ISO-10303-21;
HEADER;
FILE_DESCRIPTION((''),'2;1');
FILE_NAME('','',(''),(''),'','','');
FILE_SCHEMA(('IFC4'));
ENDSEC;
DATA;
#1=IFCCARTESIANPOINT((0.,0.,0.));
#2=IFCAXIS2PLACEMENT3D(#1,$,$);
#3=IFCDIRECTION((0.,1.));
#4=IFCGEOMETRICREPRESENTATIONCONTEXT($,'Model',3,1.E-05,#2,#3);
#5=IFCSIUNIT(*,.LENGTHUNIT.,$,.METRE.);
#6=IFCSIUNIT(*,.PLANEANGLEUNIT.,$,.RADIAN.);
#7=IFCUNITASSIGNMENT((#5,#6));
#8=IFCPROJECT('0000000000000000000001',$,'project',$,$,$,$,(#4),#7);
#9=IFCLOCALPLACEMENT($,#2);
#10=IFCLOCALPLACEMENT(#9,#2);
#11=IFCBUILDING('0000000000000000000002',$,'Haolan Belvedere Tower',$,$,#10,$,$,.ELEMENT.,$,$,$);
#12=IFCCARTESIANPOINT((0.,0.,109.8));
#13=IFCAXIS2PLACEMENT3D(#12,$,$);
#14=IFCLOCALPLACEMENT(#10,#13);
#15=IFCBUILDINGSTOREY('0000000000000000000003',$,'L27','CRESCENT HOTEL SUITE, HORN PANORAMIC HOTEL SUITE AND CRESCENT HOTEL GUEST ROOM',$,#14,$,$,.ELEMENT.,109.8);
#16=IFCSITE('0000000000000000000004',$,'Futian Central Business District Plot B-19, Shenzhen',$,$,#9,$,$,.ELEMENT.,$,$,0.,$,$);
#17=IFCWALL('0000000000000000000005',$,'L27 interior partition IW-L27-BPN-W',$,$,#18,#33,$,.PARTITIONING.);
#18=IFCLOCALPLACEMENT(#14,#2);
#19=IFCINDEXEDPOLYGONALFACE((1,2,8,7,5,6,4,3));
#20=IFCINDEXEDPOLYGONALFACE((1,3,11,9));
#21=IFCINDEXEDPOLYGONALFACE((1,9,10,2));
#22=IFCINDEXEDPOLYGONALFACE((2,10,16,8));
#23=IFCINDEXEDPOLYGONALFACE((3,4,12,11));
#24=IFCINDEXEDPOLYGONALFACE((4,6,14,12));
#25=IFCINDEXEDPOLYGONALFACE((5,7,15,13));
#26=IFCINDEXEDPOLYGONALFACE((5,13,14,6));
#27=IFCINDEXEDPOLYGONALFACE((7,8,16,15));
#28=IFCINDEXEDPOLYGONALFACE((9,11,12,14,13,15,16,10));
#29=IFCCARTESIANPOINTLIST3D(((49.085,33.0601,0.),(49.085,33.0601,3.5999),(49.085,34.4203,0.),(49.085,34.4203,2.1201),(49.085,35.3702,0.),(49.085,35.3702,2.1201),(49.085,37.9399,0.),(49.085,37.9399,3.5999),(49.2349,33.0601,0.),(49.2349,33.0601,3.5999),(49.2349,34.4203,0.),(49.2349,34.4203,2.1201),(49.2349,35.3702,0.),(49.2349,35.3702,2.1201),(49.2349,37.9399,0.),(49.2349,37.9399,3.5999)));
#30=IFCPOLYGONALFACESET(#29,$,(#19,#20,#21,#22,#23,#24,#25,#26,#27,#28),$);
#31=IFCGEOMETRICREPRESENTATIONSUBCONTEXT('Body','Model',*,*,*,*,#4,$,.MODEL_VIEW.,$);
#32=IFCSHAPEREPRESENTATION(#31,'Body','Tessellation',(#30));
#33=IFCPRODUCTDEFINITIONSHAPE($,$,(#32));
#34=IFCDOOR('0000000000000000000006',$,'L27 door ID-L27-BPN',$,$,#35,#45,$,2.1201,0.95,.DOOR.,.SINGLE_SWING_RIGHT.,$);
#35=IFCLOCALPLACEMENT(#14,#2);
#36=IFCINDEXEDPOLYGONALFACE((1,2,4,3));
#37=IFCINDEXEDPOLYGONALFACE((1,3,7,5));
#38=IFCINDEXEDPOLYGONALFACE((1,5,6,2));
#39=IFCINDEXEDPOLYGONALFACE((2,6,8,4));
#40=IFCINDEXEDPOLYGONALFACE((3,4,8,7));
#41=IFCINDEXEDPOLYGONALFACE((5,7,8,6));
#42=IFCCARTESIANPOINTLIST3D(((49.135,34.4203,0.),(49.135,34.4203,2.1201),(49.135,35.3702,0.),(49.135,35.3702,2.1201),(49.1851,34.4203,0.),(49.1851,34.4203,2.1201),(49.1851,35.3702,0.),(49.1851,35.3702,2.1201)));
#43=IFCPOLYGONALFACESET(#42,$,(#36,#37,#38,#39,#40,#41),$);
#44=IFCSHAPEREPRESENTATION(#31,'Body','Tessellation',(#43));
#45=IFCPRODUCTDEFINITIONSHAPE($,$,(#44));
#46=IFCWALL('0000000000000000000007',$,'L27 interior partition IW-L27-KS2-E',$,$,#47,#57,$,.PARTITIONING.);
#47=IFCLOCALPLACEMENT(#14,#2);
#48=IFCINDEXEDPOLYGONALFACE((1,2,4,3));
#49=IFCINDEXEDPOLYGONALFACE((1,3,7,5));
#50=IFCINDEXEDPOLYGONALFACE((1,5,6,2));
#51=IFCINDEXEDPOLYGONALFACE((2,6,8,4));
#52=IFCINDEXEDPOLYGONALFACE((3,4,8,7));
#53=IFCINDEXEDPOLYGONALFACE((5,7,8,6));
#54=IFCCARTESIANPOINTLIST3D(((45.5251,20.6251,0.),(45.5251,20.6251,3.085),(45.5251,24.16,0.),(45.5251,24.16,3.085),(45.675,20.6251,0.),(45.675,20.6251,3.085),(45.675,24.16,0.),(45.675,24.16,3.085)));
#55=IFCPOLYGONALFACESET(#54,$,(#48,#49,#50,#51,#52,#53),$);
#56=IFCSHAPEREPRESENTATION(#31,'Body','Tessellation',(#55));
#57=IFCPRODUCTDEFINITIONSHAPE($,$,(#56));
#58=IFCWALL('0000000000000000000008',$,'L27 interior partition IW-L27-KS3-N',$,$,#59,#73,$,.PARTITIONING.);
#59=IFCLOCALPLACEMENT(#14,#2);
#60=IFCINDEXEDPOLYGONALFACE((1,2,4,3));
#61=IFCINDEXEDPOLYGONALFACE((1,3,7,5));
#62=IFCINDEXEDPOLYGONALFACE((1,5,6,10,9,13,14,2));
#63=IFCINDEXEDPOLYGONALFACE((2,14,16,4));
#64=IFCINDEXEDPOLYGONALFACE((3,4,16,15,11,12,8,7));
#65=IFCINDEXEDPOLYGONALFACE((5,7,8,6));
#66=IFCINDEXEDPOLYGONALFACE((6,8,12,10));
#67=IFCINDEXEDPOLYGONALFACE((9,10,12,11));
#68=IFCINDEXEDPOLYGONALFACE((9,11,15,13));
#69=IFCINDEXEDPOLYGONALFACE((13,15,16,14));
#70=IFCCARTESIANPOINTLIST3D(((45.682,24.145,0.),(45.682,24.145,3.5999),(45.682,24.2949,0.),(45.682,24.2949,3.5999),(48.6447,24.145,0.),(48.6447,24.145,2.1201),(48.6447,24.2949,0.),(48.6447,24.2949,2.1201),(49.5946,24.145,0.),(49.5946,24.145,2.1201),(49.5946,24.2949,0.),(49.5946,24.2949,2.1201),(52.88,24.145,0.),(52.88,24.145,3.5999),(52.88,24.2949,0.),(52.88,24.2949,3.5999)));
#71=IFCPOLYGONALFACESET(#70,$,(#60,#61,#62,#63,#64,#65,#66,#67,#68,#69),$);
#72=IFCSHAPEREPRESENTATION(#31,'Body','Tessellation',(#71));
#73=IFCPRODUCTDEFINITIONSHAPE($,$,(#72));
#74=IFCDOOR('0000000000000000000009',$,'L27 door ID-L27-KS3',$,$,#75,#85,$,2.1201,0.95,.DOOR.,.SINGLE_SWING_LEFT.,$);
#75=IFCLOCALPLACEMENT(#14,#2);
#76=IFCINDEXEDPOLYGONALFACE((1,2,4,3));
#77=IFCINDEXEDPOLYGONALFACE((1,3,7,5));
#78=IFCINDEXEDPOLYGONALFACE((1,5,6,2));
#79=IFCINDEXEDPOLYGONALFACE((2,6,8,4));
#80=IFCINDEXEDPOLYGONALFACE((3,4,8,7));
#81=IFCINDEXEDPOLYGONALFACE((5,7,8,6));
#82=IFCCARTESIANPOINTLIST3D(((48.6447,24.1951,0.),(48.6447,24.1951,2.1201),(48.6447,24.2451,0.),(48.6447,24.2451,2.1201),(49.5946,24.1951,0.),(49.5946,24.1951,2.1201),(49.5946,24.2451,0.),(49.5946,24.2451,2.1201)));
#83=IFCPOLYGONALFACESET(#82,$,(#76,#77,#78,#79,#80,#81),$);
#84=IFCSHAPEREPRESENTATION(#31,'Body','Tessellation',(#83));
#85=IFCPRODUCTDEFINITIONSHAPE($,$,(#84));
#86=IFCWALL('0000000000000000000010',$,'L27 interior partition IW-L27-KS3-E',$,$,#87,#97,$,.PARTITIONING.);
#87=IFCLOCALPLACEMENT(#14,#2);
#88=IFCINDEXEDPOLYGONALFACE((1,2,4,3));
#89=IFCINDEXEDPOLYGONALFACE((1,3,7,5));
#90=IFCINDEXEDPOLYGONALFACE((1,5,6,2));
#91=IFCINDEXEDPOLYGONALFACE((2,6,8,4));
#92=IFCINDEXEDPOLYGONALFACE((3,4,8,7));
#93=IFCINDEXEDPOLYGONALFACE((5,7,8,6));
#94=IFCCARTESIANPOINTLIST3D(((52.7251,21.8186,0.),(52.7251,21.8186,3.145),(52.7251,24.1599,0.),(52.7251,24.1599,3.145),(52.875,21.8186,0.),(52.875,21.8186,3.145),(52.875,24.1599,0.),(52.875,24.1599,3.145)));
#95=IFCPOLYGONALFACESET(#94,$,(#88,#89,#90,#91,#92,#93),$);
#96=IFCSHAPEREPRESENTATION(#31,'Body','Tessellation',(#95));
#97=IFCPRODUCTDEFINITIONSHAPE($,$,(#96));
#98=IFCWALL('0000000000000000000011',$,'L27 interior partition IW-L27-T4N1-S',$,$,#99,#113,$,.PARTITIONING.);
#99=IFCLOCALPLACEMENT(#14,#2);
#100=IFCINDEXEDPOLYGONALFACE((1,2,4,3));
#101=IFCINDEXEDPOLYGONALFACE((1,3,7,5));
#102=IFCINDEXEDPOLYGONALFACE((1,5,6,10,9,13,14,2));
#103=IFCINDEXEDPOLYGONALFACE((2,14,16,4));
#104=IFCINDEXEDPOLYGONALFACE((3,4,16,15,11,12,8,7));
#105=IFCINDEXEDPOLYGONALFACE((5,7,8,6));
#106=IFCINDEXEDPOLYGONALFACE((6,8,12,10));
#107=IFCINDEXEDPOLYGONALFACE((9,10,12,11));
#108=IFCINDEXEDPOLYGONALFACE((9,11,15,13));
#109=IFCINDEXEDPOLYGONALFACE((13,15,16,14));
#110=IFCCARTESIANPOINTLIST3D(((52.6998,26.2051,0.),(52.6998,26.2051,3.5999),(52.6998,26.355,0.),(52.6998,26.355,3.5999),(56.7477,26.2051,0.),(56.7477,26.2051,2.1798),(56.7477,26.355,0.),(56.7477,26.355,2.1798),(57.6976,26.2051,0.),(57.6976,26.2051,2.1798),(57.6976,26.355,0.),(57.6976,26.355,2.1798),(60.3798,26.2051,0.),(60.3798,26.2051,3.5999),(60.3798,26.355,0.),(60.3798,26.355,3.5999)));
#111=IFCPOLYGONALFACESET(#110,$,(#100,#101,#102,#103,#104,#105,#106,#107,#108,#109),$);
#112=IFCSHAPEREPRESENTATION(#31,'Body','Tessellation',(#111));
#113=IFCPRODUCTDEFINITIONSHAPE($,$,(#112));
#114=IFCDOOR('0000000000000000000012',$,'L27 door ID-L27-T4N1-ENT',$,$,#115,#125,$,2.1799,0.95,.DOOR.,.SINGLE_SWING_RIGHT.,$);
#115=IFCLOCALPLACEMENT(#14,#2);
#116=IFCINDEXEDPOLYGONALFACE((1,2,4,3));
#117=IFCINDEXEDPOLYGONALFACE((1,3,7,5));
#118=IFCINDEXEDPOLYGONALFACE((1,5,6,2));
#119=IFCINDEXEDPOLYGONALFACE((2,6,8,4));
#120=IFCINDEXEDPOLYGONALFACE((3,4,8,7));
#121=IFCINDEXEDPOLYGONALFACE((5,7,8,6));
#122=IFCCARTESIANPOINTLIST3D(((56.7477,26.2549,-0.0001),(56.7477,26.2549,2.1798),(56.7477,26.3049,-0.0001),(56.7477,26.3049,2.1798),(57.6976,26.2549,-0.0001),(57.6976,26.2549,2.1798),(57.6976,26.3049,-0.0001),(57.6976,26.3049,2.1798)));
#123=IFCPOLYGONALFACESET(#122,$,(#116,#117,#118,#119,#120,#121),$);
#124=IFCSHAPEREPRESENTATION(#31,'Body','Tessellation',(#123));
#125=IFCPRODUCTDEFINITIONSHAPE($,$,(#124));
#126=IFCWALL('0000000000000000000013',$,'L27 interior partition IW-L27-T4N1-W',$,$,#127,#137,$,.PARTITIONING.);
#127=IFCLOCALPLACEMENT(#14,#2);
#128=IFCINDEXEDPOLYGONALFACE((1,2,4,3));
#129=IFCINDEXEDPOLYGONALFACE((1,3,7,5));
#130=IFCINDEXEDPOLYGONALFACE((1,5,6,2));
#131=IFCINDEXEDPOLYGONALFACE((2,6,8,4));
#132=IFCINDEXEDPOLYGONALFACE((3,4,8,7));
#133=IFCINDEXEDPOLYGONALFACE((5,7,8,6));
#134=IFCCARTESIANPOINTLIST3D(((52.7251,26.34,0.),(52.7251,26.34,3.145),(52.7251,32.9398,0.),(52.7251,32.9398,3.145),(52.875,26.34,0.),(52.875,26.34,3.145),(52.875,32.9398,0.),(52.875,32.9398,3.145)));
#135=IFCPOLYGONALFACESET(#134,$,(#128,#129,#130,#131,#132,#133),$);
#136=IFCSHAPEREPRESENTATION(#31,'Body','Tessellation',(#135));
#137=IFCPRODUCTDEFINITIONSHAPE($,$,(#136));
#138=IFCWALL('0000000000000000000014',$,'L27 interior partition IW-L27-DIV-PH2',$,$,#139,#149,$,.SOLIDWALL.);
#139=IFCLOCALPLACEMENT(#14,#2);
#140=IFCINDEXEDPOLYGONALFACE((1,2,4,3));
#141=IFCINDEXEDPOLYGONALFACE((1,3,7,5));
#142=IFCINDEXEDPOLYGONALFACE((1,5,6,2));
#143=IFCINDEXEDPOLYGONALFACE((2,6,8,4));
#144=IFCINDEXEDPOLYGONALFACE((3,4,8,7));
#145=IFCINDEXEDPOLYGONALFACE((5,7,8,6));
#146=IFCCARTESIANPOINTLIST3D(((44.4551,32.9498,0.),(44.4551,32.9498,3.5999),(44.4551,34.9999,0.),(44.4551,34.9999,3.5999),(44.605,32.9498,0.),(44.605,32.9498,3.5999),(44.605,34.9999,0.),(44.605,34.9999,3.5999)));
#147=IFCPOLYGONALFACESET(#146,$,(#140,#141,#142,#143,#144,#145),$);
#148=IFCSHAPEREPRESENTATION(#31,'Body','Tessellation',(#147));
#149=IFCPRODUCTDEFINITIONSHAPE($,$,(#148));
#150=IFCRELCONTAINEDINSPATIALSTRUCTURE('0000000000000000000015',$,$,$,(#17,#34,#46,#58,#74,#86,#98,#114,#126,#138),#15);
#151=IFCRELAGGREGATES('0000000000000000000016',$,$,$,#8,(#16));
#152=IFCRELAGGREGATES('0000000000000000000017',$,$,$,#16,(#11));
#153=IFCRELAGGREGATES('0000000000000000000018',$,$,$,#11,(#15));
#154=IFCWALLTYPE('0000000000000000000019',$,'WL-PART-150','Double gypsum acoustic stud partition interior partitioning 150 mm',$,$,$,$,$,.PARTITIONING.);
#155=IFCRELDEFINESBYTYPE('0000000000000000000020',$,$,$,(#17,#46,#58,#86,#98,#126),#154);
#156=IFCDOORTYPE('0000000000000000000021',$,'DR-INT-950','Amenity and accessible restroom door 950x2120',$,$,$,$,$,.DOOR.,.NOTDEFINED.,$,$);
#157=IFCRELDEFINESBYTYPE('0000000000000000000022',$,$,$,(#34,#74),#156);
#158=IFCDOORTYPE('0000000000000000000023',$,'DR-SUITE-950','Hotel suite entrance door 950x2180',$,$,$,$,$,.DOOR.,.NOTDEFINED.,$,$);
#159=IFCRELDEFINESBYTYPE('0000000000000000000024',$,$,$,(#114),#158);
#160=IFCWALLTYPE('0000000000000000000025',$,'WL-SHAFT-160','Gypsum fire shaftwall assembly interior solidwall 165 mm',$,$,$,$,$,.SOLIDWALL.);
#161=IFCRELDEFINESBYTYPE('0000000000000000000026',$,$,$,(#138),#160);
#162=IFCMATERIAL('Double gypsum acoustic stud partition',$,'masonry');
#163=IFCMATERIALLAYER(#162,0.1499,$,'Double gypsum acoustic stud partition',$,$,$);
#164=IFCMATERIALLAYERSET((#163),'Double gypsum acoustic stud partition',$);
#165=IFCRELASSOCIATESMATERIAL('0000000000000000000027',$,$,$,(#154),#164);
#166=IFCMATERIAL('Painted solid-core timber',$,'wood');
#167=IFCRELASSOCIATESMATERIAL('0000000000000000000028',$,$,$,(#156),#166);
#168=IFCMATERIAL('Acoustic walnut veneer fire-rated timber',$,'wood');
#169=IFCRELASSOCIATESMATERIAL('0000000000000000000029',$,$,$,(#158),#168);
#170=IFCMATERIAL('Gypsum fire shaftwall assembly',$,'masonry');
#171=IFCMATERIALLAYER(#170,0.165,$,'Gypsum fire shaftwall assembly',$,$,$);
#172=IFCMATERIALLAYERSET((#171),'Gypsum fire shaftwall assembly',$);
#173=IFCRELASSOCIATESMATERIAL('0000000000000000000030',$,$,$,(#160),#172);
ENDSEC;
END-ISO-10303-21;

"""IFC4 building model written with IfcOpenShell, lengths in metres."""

from ifc_helpers import new_model, si_unit, direction, frame, frame_2d, origin, place, context, subcontext, project, spatial, rectangle, extrude, material, layer, layer_set, type_object, element, fill, save


model = new_model("IFC4")

# Units and contexts
model_context = context("Model", 3, precision=1e-05, world=origin(), true_north=direction((0.0, 1.0)))
body_context = subcontext(model_context, "Body", "Model", "MODEL_VIEW")
ifc_project = project(units=[si_unit("LENGTHUNIT", "METRE"), si_unit("PLANEANGLEUNIT", "RADIAN")], contexts=[model_context])

# Site, building, storey
site_placement = place(None, origin())
site = spatial("IfcSite", under=ifc_project, at=site_placement, Name="Futian Central Business District Plot B-19, Shenzhen", CompositionType="ELEMENT", RefElevation=0.0)
building_placement = place(site_placement, origin())
building = spatial("IfcBuilding", under=site, at=building_placement, Name="Haolan Belvedere Tower", CompositionType="ELEMENT")
storey_placement = place(building_placement, frame((0.0, 0.0, 109.8)))
storey = spatial("IfcBuildingStorey", under=building, at=storey_placement, Name="L27", Description="CRESCENT HOTEL SUITE, HORN PANORAMIC HOTEL SUITE AND CRESCENT HOTEL GUEST ROOM", CompositionType="ELEMENT", Elevation=109.8)

# Shared definitions
ifc_material_1 = material(Name="Double gypsum acoustic stud partition", Category="masonry")
ifc_layer_1 = layer(ifc_material_1, 0.1499, Name="Double gypsum acoustic stud partition")
ifc_layer_set_1 = layer_set([ifc_layer_1], Name="Double gypsum acoustic stud partition")
wall_type_1 = type_object("IfcWallType", Name="WL-PART-150", Description="Double gypsum acoustic stud partition interior partitioning 150 mm", PredefinedType="PARTITIONING", material=ifc_layer_set_1)

# Wall, opening, door
wall_1_placement = place(storey_placement, frame((49.1599, 33.0601, 0.0), z_axis=(0.0, 0.0, 1.0), x_axis=(0.0, 1.0, 0.0)))
wall_1 = element("IfcWall", 1, at=wall_1_placement, inside=storey, type_object=wall_type_1, Name="L27 interior partition IW-L27-BPN-W", PredefinedType="PARTITIONING", context=body_context, shape_type="SweptSolid", body=[
    extrude(rectangle(XDim=4.8799, YDim=0.1499, at=frame_2d((2.4399, 0.0))), origin(), (0.0, 0.0, 1.0), 3.5999),
])
opening_1_placement = place(wall_1_placement, frame((1.3601, 0.0, 0.0)))
opening_1 = element("IfcOpeningElement", 2, at=opening_1_placement, cuts=wall_1, PredefinedType="OPENING", context=body_context, shape_type="SweptSolid", body=[
    extrude(rectangle(XDim=0.95, YDim=2.1201, at=frame_2d((0.4751, 1.0601))), frame((0.0, 0.085, 0.0), z_axis=(0.0, -1.0, 0.0), x_axis=(1.0, 0.0, 0.0)), (0.0, 0.0, 1.0), 0.1699),
])
ifc_material_2 = material(Name="Painted solid-core timber", Category="wood")
door_type_1 = type_object("IfcDoorType", Name="DR-INT-950", Description="Amenity and accessible restroom door 950x2120", OperationType="NOTDEFINED", PredefinedType="DOOR", material=ifc_material_2)
door_1_placement = place(opening_1_placement, origin())
door_1 = element("IfcDoor", 3, at=door_1_placement, inside=storey, type_object=door_type_1, Name="L27 door ID-L27-BPN", OperationType="SINGLE_SWING_RIGHT", OverallHeight=2.1201, OverallWidth=0.95, PredefinedType="DOOR", context=body_context, shape_type="SweptSolid", body=[
    extrude(rectangle(XDim=0.95, YDim=2.1201, at=frame_2d((0.4751, 1.0601))), frame((0.0, 0.0249, 0.0), z_axis=(0.0, -1.0, 0.0), x_axis=(1.0, 0.0, 0.0)), (0.0, 0.0, 1.0), 0.05),
])
fill(opening_1, door_1)

# Wall
wall_2_placement = place(storey_placement, frame((45.6001, 20.625, 0.0), z_axis=(0.0, 0.0, 1.0), x_axis=(0.0, 1.0, 0.0)))
element("IfcWall", 4, at=wall_2_placement, inside=storey, type_object=wall_type_1, Name="L27 interior partition IW-L27-KS2-E", PredefinedType="PARTITIONING", context=body_context, shape_type="SweptSolid", body=[
    extrude(rectangle(XDim=3.5349, YDim=0.1499, at=frame_2d((1.7676, 0.0))), origin(), (0.0, 0.0, 1.0), 3.085),
])

# Wall, opening, door
wall_3_placement = place(storey_placement, frame((45.6819, 24.22, 0.0), z_axis=(0.0, 0.0, 1.0), x_axis=(1.0, 0.0, 0.0)))
wall_3 = element("IfcWall", 5, at=wall_3_placement, inside=storey, type_object=wall_type_1, Name="L27 interior partition IW-L27-KS3-N", PredefinedType="PARTITIONING", context=body_context, shape_type="SweptSolid", body=[
    extrude(rectangle(XDim=7.198, YDim=0.1499, at=frame_2d((3.5991, 0.0))), origin(), (0.0, 0.0, 1.0), 3.5999),
])
opening_2_placement = place(wall_3_placement, frame((3.9128, 0.0, 0.0), z_axis=(0.0, 0.0, 1.0), x_axis=(-1.0, 0.0, 0.0)))
opening_2 = element("IfcOpeningElement", 6, at=opening_2_placement, cuts=wall_3, PredefinedType="OPENING", context=body_context, shape_type="SweptSolid", body=[
    extrude(rectangle(XDim=0.95, YDim=2.1201, at=frame_2d((0.4751, 1.0601))), frame((0.0, 0.085, 0.0), z_axis=(0.0, -1.0, 0.0), x_axis=(1.0, 0.0, 0.0)), (0.0, 0.0, 1.0), 0.1699),
])
door_2_placement = place(opening_2_placement, origin())
door_2 = element("IfcDoor", 7, at=door_2_placement, inside=storey, type_object=door_type_1, Name="L27 door ID-L27-KS3", OperationType="SINGLE_SWING_LEFT", OverallHeight=2.1201, OverallWidth=0.95, PredefinedType="DOOR", context=body_context, shape_type="SweptSolid", body=[
    extrude(rectangle(XDim=0.95, YDim=2.1201, at=frame_2d((0.4751, 1.0601))), frame((0.0, 0.0249, 0.0), z_axis=(0.0, -1.0, 0.0), x_axis=(1.0, 0.0, 0.0)), (0.0, 0.0, 1.0), 0.05),
])
fill(opening_2, door_2)

# Wall
wall_4_placement = place(storey_placement, frame((52.8, 21.8186, 0.0), z_axis=(0.0, 0.0, 1.0), x_axis=(0.0, 1.0, 0.0)))
element("IfcWall", 8, at=wall_4_placement, inside=storey, type_object=wall_type_1, Name="L27 interior partition IW-L27-KS3-E", PredefinedType="PARTITIONING", context=body_context, shape_type="SweptSolid", body=[
    extrude(rectangle(XDim=2.3413, YDim=0.1499, at=frame_2d((1.1707, 0.0))), origin(), (0.0, 0.0, 1.0), 3.145),
])

# Wall, opening, door
wall_5_placement = place(storey_placement, frame((52.7, 26.28, 0.0), z_axis=(0.0, 0.0, 1.0), x_axis=(1.0, 0.0, 0.0)))
wall_5 = element("IfcWall", 9, at=wall_5_placement, inside=storey, type_object=wall_type_1, Name="L27 interior partition IW-L27-T4N1-S", PredefinedType="PARTITIONING", context=body_context, shape_type="SweptSolid", body=[
    extrude(rectangle(XDim=7.6799, YDim=0.1499, at=frame_2d((3.8398, 0.0))), origin(), (0.0, 0.0, 1.0), 3.5999),
])
opening_3_placement = place(wall_5_placement, frame((4.0476, 0.0, 0.0)))
opening_3 = element("IfcOpeningElement", 10, at=opening_3_placement, cuts=wall_5, PredefinedType="OPENING", context=body_context, shape_type="SweptSolid", body=[
    extrude(rectangle(XDim=0.95, YDim=2.1799, at=frame_2d((0.4751, 1.0898))), frame((0.0, 0.085, 0.0), z_axis=(0.0, -1.0, 0.0), x_axis=(1.0, 0.0, 0.0)), (0.0, 0.0, 1.0), 0.1699),
])
ifc_material_3 = material(Name="Acoustic walnut veneer fire-rated timber", Category="wood")
door_type_2 = type_object("IfcDoorType", Name="DR-SUITE-950", Description="Hotel suite entrance door 950x2180", OperationType="NOTDEFINED", PredefinedType="DOOR", material=ifc_material_3)
door_3_placement = place(opening_3_placement, origin())
door_3 = element("IfcDoor", 11, at=door_3_placement, inside=storey, type_object=door_type_2, Name="L27 door ID-L27-T4N1-ENT", OperationType="SINGLE_SWING_RIGHT", OverallHeight=2.1799, OverallWidth=0.95, PredefinedType="DOOR", context=body_context, shape_type="SweptSolid", body=[
    extrude(rectangle(XDim=0.95, YDim=2.1799, at=frame_2d((0.4751, 1.0898))), frame((0.0, 0.0249, 0.0), z_axis=(0.0, -1.0, 0.0), x_axis=(1.0, 0.0, 0.0)), (0.0, 0.0, 1.0), 0.05),
])
fill(opening_3, door_3)

# Walls
wall_6_placement = place(storey_placement, frame((52.8, 26.3401, 0.0), z_axis=(0.0, 0.0, 1.0), x_axis=(0.0, 1.0, 0.0)))
element("IfcWall", 12, at=wall_6_placement, inside=storey, type_object=wall_type_1, Name="L27 interior partition IW-L27-T4N1-W", PredefinedType="PARTITIONING", context=body_context, shape_type="SweptSolid", body=[
    extrude(rectangle(XDim=6.5999, YDim=0.1499, at=frame_2d((3.2998, 0.0))), origin(), (0.0, 0.0, 1.0), 3.145),
])
ifc_material_4 = material(Name="Gypsum fire shaftwall assembly", Category="masonry")
ifc_layer_2 = layer(ifc_material_4, 0.165, Name="Gypsum fire shaftwall assembly")
ifc_layer_set_2 = layer_set([ifc_layer_2], Name="Gypsum fire shaftwall assembly")
wall_type_2 = type_object("IfcWallType", Name="WL-SHAFT-160", Description="Gypsum fire shaftwall assembly interior solidwall 165 mm", PredefinedType="SOLIDWALL", material=ifc_layer_set_2)
wall_7_placement = place(storey_placement, frame((44.53, 32.95, 0.0), z_axis=(0.0, 0.0, 1.0), x_axis=(0.0, 1.0, 0.0)))
element("IfcWall", 13, at=wall_7_placement, inside=storey, type_object=wall_type_2, Name="L27 interior partition IW-L27-DIV-PH2", PredefinedType="SOLIDWALL", context=body_context, shape_type="SweptSolid", body=[
    extrude(rectangle(XDim=2.05, YDim=0.1499, at=frame_2d((1.0249, 0.0))), origin(), (0.0, 0.0, 1.0), 3.5999),
])

save(model, "model.ifc")
